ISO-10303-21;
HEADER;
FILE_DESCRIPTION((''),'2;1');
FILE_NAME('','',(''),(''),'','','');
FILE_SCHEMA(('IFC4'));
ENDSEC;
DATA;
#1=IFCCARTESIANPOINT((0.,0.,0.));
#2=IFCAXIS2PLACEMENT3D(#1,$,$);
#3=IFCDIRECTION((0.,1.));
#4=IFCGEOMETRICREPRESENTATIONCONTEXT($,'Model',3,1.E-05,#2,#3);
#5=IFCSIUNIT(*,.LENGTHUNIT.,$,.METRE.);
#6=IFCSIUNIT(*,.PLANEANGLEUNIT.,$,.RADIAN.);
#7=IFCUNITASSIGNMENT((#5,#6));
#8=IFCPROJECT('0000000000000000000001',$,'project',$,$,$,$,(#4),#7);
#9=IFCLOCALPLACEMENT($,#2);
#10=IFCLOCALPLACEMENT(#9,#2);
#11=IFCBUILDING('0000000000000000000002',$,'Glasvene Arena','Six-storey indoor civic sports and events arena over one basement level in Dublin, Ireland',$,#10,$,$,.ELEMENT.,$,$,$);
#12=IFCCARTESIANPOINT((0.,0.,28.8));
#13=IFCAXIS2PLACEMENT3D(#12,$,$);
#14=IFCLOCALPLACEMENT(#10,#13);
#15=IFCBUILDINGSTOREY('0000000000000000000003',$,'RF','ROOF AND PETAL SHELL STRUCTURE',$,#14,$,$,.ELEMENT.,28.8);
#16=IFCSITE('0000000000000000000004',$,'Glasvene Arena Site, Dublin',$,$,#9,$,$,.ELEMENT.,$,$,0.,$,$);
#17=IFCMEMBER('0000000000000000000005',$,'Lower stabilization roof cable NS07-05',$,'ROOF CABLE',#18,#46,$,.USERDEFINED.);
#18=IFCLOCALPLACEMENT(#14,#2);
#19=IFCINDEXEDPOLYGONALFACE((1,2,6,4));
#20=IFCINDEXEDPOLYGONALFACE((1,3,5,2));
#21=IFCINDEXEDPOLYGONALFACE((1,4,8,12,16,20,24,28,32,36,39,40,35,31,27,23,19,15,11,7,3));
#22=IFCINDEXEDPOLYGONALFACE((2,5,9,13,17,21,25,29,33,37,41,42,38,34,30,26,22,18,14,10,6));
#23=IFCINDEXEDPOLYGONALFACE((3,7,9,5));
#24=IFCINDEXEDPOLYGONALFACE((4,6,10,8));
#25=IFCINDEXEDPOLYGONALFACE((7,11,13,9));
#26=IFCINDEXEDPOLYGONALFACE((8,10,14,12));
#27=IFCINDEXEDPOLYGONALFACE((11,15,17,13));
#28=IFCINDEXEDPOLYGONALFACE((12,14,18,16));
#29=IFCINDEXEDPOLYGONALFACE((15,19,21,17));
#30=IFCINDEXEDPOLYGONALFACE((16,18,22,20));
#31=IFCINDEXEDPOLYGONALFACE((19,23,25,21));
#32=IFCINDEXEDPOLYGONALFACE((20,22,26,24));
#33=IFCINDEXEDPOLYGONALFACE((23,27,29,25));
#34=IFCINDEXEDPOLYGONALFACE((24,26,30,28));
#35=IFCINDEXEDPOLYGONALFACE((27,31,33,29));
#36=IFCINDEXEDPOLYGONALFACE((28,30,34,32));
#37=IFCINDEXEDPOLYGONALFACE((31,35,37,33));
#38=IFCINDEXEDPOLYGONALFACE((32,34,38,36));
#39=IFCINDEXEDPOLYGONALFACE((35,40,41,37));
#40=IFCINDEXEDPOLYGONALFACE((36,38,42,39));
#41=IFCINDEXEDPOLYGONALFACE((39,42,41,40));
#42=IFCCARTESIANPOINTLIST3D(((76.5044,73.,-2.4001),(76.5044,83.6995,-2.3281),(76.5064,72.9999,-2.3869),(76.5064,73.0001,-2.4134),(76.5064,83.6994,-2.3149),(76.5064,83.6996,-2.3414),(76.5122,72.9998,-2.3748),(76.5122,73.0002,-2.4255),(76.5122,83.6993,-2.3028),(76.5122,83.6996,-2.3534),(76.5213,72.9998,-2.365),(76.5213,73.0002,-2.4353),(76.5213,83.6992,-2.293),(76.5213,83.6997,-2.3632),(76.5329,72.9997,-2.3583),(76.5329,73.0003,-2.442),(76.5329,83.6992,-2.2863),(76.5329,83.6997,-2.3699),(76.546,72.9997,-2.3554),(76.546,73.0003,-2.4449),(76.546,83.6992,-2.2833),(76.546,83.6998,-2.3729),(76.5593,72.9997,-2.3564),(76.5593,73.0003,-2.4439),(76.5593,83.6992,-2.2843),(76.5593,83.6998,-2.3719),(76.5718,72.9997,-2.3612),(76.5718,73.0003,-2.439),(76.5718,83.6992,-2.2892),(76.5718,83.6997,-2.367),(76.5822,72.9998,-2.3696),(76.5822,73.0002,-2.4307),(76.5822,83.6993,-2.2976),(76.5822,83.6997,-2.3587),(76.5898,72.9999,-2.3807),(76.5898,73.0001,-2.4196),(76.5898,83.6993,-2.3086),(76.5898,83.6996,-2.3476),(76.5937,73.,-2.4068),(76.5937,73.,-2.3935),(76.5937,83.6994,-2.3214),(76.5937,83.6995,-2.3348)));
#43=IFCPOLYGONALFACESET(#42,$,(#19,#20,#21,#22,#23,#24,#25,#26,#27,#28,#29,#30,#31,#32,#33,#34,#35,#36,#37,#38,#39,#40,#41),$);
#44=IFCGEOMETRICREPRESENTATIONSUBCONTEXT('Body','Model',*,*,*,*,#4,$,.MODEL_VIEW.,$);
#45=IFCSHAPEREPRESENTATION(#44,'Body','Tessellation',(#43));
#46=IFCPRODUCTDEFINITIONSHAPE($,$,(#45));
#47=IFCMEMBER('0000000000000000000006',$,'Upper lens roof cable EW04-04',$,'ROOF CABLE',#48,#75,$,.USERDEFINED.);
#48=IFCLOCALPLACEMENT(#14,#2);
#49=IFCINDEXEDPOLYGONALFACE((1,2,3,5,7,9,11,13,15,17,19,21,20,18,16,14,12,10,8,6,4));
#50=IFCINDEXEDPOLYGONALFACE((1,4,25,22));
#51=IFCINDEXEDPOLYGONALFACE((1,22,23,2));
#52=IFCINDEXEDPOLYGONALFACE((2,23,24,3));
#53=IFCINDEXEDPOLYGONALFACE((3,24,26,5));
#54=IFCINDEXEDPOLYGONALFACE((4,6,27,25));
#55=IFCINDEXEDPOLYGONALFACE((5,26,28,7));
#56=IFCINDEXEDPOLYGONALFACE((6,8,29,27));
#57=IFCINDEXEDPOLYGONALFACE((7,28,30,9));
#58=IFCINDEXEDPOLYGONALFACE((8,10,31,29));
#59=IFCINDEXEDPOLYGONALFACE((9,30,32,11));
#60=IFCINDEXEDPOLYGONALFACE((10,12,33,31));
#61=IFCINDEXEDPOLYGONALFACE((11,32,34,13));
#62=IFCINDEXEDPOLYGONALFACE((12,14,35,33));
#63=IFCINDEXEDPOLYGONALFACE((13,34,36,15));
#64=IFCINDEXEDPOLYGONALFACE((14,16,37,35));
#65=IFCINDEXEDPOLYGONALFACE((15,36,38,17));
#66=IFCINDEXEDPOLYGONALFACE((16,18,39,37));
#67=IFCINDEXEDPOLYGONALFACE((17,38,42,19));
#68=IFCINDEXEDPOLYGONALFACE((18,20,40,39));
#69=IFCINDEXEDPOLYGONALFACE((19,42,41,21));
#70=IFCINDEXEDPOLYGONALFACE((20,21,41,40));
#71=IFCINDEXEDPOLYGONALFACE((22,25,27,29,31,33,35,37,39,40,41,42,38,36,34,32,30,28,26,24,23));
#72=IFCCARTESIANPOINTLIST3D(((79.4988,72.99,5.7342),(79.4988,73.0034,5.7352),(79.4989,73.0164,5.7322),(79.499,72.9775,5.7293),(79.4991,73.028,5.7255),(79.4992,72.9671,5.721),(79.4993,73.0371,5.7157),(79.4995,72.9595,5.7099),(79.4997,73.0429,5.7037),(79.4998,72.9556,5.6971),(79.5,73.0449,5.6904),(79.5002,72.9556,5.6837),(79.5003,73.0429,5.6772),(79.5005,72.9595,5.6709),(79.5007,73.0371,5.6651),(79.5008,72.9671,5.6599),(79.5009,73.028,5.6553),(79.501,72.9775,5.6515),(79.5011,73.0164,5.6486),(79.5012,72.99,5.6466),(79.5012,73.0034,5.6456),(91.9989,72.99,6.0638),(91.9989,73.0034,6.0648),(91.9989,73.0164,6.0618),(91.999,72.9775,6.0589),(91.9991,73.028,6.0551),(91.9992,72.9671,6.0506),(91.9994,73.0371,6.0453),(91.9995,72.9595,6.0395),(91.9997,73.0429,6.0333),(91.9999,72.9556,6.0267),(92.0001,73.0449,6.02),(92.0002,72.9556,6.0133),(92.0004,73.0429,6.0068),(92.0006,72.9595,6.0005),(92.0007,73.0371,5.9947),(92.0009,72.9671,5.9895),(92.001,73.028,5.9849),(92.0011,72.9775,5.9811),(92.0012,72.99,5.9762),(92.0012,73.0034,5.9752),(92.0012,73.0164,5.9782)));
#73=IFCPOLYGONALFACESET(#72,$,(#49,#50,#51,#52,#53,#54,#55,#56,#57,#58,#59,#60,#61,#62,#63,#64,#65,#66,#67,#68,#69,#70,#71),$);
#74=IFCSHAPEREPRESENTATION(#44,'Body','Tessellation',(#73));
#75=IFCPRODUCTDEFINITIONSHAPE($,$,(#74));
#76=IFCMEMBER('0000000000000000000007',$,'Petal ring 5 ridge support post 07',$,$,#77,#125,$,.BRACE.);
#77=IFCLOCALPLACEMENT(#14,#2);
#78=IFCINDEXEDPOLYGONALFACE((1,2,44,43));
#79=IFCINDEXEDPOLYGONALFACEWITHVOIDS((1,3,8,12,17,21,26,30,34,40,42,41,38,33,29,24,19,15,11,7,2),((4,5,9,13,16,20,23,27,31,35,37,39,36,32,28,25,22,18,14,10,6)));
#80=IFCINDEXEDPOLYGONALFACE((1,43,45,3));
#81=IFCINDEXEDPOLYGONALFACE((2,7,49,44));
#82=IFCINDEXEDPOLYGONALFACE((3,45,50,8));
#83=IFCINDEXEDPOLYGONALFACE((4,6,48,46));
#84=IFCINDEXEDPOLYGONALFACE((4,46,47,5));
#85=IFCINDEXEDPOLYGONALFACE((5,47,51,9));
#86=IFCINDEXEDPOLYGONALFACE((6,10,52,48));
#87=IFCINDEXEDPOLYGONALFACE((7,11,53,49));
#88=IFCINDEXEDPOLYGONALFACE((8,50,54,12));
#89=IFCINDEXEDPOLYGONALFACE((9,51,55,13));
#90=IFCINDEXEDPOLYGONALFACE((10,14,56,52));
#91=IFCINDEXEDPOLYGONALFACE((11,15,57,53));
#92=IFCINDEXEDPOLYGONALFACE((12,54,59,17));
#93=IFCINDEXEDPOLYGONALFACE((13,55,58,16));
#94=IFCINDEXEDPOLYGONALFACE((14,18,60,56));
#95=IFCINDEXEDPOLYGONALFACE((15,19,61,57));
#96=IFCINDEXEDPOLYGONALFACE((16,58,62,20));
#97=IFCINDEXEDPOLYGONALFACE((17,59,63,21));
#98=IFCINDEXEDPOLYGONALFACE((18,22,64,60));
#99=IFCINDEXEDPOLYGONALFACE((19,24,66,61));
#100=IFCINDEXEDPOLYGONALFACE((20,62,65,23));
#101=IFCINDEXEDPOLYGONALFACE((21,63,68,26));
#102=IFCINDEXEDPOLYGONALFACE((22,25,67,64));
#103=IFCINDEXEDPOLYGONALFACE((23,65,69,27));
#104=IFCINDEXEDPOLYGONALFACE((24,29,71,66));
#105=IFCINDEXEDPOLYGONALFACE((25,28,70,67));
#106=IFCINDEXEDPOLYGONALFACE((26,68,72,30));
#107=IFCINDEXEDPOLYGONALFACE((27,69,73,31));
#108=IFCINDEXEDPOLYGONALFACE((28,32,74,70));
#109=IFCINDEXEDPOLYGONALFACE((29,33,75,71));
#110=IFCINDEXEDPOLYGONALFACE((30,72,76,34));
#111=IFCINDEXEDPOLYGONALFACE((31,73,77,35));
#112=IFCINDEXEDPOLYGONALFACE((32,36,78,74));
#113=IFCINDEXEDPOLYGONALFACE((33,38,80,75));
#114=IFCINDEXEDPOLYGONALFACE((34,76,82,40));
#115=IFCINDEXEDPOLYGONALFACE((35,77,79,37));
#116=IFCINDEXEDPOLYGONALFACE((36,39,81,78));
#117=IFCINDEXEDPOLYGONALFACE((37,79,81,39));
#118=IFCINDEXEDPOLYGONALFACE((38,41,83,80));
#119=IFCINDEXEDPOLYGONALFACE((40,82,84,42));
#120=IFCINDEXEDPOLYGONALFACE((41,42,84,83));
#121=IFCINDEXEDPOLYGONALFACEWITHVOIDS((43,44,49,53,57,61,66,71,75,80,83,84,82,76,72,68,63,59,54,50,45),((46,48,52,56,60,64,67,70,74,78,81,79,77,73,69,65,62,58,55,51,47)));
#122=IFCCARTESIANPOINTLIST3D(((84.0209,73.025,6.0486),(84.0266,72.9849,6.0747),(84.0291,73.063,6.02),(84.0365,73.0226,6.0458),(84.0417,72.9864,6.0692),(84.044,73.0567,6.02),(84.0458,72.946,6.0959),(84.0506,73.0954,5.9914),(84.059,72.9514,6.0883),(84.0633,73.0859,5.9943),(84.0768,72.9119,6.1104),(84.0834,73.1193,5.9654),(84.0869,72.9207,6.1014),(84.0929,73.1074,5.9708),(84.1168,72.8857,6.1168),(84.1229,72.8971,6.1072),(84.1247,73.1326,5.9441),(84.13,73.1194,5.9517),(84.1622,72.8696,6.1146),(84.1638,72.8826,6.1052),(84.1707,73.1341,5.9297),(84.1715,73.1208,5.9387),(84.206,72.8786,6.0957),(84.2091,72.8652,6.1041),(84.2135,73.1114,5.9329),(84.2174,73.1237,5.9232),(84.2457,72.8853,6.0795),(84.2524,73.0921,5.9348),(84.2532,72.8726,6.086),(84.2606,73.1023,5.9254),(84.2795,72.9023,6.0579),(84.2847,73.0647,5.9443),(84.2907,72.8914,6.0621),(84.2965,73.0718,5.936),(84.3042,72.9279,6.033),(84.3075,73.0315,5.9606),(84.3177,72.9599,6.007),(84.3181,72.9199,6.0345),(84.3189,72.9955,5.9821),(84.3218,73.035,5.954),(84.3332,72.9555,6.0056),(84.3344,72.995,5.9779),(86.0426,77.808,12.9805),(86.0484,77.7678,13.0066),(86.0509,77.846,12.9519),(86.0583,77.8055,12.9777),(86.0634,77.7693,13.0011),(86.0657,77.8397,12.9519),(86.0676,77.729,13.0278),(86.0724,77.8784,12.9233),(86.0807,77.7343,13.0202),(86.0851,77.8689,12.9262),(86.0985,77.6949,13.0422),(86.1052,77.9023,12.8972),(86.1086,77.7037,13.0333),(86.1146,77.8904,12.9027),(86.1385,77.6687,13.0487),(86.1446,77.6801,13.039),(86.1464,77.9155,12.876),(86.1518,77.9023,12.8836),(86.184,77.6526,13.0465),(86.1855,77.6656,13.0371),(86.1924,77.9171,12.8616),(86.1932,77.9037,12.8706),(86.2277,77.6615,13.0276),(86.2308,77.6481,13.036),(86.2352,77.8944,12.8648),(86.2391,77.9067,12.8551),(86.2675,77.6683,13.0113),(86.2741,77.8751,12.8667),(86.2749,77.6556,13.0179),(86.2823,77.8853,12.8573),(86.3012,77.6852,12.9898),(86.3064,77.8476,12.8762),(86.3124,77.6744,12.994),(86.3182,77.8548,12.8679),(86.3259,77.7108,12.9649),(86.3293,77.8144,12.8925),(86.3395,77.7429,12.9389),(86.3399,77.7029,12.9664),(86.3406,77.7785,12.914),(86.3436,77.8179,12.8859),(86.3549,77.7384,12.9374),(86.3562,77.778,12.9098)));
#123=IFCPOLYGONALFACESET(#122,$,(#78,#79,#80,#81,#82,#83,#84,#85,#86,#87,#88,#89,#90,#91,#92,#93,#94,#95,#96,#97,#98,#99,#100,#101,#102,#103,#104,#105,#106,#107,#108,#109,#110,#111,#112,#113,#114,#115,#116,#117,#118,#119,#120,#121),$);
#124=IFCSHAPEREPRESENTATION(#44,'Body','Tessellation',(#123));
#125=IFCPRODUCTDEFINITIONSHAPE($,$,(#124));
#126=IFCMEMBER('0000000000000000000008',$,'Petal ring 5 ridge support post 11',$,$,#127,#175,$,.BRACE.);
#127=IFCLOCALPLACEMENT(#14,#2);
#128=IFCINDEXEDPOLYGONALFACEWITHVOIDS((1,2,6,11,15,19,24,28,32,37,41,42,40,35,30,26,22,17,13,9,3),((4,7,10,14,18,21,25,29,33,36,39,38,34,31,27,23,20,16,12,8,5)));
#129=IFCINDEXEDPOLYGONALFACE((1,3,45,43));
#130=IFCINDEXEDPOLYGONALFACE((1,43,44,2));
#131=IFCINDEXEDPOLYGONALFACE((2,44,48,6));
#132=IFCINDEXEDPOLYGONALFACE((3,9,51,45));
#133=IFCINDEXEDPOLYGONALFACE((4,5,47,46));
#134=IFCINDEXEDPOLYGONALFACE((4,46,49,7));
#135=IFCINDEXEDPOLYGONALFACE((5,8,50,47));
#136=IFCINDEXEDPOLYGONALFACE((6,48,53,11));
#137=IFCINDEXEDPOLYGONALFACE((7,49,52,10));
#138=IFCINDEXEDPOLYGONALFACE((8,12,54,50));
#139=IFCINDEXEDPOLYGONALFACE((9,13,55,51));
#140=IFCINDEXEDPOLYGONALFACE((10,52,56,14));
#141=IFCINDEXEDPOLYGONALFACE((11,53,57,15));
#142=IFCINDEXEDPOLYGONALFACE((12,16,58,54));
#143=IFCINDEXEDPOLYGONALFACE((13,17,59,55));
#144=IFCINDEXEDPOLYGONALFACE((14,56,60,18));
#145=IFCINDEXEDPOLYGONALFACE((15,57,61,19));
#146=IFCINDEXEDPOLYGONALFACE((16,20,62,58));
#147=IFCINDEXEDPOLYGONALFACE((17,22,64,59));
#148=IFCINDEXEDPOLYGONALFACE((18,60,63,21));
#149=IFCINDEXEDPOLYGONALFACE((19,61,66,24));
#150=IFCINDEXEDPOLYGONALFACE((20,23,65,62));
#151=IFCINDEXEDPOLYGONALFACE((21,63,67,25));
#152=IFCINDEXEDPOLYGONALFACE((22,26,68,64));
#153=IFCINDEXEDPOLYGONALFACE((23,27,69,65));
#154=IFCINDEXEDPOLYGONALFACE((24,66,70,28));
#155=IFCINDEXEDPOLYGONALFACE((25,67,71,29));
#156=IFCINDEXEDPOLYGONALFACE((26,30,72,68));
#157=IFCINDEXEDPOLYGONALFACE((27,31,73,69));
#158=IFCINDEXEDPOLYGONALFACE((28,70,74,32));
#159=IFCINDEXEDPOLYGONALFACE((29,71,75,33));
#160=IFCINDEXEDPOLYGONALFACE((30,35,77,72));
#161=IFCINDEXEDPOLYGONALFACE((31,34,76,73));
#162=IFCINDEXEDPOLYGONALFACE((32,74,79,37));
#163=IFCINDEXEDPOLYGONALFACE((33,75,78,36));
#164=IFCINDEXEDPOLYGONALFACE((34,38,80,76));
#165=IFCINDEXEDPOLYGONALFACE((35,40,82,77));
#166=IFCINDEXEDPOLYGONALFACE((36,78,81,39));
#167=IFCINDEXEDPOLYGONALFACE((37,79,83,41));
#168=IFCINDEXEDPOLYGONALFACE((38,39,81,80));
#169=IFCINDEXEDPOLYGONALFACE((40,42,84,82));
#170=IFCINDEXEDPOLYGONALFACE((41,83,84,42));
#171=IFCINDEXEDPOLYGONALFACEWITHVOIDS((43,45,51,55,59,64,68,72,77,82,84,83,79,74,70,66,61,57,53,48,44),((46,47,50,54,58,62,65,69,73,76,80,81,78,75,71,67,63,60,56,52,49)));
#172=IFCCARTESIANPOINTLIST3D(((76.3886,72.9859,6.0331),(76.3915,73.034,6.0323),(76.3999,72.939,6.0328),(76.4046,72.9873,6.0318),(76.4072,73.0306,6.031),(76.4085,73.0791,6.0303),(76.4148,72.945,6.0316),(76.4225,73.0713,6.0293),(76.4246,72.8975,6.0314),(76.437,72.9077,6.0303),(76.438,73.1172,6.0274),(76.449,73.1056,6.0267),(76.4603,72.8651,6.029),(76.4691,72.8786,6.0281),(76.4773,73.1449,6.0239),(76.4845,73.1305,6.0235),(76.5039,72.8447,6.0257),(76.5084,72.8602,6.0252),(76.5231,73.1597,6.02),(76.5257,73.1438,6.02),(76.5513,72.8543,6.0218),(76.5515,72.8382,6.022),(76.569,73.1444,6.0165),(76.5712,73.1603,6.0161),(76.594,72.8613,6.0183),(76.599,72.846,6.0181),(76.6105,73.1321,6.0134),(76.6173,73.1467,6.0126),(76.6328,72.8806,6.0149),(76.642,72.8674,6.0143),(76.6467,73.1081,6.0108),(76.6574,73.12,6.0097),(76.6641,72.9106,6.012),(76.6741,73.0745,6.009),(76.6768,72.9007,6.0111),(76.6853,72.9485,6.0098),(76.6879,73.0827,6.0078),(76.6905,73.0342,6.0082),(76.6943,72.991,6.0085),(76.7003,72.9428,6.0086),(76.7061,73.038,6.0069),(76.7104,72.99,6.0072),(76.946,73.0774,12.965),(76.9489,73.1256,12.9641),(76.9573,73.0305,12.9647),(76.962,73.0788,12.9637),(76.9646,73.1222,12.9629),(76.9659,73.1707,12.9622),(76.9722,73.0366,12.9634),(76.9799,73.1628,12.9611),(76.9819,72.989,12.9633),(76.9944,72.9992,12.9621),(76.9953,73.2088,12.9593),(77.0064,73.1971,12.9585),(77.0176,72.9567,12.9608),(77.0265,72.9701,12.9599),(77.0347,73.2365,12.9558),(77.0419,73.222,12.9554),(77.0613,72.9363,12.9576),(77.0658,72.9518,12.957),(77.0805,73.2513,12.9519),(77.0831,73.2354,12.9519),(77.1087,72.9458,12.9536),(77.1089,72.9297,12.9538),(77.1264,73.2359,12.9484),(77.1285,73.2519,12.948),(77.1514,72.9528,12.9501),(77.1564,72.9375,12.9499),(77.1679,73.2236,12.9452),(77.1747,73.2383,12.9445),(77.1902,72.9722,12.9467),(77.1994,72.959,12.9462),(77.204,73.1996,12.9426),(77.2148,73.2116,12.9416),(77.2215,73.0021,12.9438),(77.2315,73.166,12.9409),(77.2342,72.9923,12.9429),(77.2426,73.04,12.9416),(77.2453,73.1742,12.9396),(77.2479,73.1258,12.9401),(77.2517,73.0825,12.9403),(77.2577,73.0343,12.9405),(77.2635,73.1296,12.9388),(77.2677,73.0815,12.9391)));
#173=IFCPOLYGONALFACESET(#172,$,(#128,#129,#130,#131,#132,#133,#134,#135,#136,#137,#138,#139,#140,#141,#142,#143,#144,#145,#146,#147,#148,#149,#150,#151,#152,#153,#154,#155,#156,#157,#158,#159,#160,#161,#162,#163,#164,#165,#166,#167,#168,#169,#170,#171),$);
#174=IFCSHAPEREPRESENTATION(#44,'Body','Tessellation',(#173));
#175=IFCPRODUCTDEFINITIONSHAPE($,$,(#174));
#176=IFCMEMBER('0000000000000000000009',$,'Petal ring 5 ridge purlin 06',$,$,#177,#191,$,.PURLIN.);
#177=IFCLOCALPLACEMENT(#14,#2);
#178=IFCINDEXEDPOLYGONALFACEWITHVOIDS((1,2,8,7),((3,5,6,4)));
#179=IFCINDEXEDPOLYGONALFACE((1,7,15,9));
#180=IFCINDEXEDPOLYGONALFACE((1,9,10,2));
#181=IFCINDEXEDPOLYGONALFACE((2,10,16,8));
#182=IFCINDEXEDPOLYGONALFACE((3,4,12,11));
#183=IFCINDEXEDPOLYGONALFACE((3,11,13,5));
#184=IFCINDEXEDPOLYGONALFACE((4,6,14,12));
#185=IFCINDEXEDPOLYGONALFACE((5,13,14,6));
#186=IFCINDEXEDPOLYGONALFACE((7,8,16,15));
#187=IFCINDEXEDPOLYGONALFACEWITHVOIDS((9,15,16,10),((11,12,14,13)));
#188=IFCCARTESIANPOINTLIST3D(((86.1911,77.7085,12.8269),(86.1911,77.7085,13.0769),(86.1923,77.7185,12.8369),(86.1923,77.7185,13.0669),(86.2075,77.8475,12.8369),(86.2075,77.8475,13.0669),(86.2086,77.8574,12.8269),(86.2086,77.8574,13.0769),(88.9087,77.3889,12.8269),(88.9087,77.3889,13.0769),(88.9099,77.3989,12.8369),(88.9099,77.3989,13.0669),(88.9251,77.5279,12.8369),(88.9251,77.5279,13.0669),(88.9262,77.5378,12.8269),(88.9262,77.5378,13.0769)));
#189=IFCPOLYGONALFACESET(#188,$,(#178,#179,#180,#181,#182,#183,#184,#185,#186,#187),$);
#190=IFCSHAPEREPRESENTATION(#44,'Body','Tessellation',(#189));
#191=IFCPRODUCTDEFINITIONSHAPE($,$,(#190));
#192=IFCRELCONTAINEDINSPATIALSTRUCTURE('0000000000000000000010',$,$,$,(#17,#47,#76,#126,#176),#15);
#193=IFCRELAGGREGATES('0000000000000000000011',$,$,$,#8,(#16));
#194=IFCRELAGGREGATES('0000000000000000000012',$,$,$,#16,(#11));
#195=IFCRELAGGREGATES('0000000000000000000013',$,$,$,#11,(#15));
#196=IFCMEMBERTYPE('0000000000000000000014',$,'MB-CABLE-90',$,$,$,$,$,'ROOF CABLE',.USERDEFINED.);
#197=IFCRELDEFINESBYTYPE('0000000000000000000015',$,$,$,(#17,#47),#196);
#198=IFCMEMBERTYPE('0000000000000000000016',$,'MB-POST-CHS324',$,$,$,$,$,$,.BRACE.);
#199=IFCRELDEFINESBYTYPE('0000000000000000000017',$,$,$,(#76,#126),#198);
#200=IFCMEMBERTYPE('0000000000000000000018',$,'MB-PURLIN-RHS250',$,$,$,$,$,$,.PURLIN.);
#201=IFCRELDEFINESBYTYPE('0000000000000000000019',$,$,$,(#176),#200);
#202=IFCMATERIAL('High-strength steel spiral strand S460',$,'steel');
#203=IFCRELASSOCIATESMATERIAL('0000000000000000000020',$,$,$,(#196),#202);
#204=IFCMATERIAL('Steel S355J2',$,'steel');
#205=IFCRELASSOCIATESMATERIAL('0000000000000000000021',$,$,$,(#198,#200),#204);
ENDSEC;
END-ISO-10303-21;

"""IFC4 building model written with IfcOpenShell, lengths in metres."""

from ifc_helpers import new_model, si_unit, direction, frame, origin, origin_2d, place, context, subcontext, project, spatial, hollow_rectangle, circle, hollow_circle, extrude, material, material_profile, profile_set, type_object, element, save


model = new_model("IFC4")

# Units and contexts
model_context = context("Model", 3, precision=1e-05, world=origin(), true_north=direction((0.0, 1.0)))
body_context = subcontext(model_context, "Body", "Model", "MODEL_VIEW")
ifc_project = project(units=[si_unit("LENGTHUNIT", "METRE"), si_unit("PLANEANGLEUNIT", "RADIAN")], contexts=[model_context])

# Site, building, storey
site_placement = place(None, origin())
site = spatial("IfcSite", under=ifc_project, at=site_placement, Name="Glasvene Arena Site, Dublin", CompositionType="ELEMENT", RefElevation=0.0)
building_placement = place(site_placement, origin())
building = spatial("IfcBuilding", under=site, at=building_placement, Name="Glasvene Arena", Description="Six-storey indoor civic sports and events arena over one basement level in Dublin, Ireland", CompositionType="ELEMENT")
storey_placement = place(building_placement, frame((0.0, 0.0, 28.8)))
storey = spatial("IfcBuildingStorey", under=building, at=storey_placement, Name="RF", Description="ROOF AND PETAL SHELL STRUCTURE", CompositionType="ELEMENT", Elevation=28.8)

# Shared definitions
ifc_material_1 = material(Name="Steel S355J2", Category="steel")

# Members
ifc_material_2 = material(Name="High-strength steel spiral strand S460", Category="steel")
ifc_material_profile_1 = material_profile(ifc_material_2, circle(Radius=0.0449, at=origin_2d()), Name="LCSS D90")
ifc_profile_set_1 = profile_set([ifc_material_profile_1], Name="High-strength steel spiral strand S460")
member_type_1 = type_object("IfcMemberType", Name="MB-CABLE-90", ElementType="ROOF CABLE", PredefinedType="USERDEFINED", material=ifc_profile_set_1)
member_1_placement = place(storey_placement, frame((76.5493, 73.0, -2.4001), z_axis=(0.0, 0.999977, 0.006731), x_axis=(-1.0, 0.0, 0.0)))
element("IfcMember", 1, at=member_1_placement, inside=storey, type_object=member_type_1, Name="Lower stabilization roof cable NS07-05", ObjectType="ROOF CABLE", PredefinedType="USERDEFINED", context=body_context, shape_type="SweptSolid", body=[
    extrude(circle(Radius=0.0449, at=origin_2d()), origin(), (0.0, 0.0, 1.0), 10.6997),
])
member_2_placement = place(storey_placement, frame((79.5, 73.0, 5.6904), z_axis=(0.999653, 0.0, 0.026358), x_axis=(0.0, 1.0, 0.0)))
element("IfcMember", 2, at=member_2_placement, inside=storey, type_object=member_type_1, Name="Upper lens roof cable EW04-04", ObjectType="ROOF CABLE", PredefinedType="USERDEFINED", context=body_context, shape_type="SweptSolid", body=[
    extrude(circle(Radius=0.0449, at=origin_2d()), origin(), (0.0, 0.0, 1.0), 12.5044),
])
ifc_material_profile_2 = material_profile(ifc_material_1, hollow_circle(Radius=0.1619, WallThickness=0.0161, at=origin_2d()), Name="CHS 323.9x16.0")
ifc_profile_set_2 = profile_set([ifc_material_profile_2], Name="Steel S355J2")
member_type_2 = type_object("IfcMemberType", Name="MB-POST-CHS324", PredefinedType="BRACE", material=ifc_profile_set_2)
member_3_placement = place(storey_placement, frame((84.1782, 73.0, 6.02), z_axis=(0.233426, 0.552233, 0.800344), x_axis=(-0.921094, 0.389341, 0.0)))
element("IfcMember", 3, at=member_3_placement, inside=storey, type_object=member_type_2, Name="Petal ring 5 ridge support post 07", PredefinedType="BRACE", context=body_context, shape_type="SweptSolid", body=[
    extrude(hollow_circle(Radius=0.1619, WallThickness=0.0161, at=origin_2d()), origin(), (0.0, 0.0, 1.0), 8.6611),
])
member_4_placement = place(storey_placement, frame((76.5493, 73.0, 6.02), z_axis=(0.080142, 0.013164, 0.996697), x_axis=(-0.162086, 0.986777, 0.0)))
element("IfcMember", 4, at=member_4_placement, inside=storey, type_object=member_type_2, Name="Petal ring 5 ridge support post 11", PredefinedType="BRACE", context=body_context, shape_type="SweptSolid", body=[
    extrude(hollow_circle(Radius=0.1619, WallThickness=0.0161, at=origin_2d()), origin(), (0.0, 0.0, 1.0), 6.9548),
])
ifc_material_profile_3 = material_profile(ifc_material_1, hollow_rectangle(XDim=0.1499, YDim=0.25, WallThickness=0.01, at=origin_2d()), Name="RHS 250x150x10.0")
ifc_profile_set_3 = profile_set([ifc_material_profile_3], Name="Steel S355J2")
member_type_3 = type_object("IfcMemberType", Name="MB-PURLIN-RHS250", PredefinedType="PURLIN", material=ifc_profile_set_3)
for number, where, z_axis, x_axis, name in (
    (5, (88.9175, 77.4634, 12.9519), (-0.993156, 0.116795, 0.0), (-0.116795, -0.993156, 0.0), "Petal ring 5 ridge purlin 06"),
):
    element("IfcMember", number, at=place(storey_placement, frame(where, z_axis=z_axis, x_axis=x_axis)), inside=storey, type_object=member_type_3, Name=name, PredefinedType="PURLIN", context=body_context, shape_type="SweptSolid", body=[
        extrude(hollow_rectangle(XDim=0.1499, YDim=0.25, WallThickness=0.01, at=origin_2d()), origin(), (0.0, 0.0, 1.0), 2.7363),
    ])

save(model, "model.ifc")
